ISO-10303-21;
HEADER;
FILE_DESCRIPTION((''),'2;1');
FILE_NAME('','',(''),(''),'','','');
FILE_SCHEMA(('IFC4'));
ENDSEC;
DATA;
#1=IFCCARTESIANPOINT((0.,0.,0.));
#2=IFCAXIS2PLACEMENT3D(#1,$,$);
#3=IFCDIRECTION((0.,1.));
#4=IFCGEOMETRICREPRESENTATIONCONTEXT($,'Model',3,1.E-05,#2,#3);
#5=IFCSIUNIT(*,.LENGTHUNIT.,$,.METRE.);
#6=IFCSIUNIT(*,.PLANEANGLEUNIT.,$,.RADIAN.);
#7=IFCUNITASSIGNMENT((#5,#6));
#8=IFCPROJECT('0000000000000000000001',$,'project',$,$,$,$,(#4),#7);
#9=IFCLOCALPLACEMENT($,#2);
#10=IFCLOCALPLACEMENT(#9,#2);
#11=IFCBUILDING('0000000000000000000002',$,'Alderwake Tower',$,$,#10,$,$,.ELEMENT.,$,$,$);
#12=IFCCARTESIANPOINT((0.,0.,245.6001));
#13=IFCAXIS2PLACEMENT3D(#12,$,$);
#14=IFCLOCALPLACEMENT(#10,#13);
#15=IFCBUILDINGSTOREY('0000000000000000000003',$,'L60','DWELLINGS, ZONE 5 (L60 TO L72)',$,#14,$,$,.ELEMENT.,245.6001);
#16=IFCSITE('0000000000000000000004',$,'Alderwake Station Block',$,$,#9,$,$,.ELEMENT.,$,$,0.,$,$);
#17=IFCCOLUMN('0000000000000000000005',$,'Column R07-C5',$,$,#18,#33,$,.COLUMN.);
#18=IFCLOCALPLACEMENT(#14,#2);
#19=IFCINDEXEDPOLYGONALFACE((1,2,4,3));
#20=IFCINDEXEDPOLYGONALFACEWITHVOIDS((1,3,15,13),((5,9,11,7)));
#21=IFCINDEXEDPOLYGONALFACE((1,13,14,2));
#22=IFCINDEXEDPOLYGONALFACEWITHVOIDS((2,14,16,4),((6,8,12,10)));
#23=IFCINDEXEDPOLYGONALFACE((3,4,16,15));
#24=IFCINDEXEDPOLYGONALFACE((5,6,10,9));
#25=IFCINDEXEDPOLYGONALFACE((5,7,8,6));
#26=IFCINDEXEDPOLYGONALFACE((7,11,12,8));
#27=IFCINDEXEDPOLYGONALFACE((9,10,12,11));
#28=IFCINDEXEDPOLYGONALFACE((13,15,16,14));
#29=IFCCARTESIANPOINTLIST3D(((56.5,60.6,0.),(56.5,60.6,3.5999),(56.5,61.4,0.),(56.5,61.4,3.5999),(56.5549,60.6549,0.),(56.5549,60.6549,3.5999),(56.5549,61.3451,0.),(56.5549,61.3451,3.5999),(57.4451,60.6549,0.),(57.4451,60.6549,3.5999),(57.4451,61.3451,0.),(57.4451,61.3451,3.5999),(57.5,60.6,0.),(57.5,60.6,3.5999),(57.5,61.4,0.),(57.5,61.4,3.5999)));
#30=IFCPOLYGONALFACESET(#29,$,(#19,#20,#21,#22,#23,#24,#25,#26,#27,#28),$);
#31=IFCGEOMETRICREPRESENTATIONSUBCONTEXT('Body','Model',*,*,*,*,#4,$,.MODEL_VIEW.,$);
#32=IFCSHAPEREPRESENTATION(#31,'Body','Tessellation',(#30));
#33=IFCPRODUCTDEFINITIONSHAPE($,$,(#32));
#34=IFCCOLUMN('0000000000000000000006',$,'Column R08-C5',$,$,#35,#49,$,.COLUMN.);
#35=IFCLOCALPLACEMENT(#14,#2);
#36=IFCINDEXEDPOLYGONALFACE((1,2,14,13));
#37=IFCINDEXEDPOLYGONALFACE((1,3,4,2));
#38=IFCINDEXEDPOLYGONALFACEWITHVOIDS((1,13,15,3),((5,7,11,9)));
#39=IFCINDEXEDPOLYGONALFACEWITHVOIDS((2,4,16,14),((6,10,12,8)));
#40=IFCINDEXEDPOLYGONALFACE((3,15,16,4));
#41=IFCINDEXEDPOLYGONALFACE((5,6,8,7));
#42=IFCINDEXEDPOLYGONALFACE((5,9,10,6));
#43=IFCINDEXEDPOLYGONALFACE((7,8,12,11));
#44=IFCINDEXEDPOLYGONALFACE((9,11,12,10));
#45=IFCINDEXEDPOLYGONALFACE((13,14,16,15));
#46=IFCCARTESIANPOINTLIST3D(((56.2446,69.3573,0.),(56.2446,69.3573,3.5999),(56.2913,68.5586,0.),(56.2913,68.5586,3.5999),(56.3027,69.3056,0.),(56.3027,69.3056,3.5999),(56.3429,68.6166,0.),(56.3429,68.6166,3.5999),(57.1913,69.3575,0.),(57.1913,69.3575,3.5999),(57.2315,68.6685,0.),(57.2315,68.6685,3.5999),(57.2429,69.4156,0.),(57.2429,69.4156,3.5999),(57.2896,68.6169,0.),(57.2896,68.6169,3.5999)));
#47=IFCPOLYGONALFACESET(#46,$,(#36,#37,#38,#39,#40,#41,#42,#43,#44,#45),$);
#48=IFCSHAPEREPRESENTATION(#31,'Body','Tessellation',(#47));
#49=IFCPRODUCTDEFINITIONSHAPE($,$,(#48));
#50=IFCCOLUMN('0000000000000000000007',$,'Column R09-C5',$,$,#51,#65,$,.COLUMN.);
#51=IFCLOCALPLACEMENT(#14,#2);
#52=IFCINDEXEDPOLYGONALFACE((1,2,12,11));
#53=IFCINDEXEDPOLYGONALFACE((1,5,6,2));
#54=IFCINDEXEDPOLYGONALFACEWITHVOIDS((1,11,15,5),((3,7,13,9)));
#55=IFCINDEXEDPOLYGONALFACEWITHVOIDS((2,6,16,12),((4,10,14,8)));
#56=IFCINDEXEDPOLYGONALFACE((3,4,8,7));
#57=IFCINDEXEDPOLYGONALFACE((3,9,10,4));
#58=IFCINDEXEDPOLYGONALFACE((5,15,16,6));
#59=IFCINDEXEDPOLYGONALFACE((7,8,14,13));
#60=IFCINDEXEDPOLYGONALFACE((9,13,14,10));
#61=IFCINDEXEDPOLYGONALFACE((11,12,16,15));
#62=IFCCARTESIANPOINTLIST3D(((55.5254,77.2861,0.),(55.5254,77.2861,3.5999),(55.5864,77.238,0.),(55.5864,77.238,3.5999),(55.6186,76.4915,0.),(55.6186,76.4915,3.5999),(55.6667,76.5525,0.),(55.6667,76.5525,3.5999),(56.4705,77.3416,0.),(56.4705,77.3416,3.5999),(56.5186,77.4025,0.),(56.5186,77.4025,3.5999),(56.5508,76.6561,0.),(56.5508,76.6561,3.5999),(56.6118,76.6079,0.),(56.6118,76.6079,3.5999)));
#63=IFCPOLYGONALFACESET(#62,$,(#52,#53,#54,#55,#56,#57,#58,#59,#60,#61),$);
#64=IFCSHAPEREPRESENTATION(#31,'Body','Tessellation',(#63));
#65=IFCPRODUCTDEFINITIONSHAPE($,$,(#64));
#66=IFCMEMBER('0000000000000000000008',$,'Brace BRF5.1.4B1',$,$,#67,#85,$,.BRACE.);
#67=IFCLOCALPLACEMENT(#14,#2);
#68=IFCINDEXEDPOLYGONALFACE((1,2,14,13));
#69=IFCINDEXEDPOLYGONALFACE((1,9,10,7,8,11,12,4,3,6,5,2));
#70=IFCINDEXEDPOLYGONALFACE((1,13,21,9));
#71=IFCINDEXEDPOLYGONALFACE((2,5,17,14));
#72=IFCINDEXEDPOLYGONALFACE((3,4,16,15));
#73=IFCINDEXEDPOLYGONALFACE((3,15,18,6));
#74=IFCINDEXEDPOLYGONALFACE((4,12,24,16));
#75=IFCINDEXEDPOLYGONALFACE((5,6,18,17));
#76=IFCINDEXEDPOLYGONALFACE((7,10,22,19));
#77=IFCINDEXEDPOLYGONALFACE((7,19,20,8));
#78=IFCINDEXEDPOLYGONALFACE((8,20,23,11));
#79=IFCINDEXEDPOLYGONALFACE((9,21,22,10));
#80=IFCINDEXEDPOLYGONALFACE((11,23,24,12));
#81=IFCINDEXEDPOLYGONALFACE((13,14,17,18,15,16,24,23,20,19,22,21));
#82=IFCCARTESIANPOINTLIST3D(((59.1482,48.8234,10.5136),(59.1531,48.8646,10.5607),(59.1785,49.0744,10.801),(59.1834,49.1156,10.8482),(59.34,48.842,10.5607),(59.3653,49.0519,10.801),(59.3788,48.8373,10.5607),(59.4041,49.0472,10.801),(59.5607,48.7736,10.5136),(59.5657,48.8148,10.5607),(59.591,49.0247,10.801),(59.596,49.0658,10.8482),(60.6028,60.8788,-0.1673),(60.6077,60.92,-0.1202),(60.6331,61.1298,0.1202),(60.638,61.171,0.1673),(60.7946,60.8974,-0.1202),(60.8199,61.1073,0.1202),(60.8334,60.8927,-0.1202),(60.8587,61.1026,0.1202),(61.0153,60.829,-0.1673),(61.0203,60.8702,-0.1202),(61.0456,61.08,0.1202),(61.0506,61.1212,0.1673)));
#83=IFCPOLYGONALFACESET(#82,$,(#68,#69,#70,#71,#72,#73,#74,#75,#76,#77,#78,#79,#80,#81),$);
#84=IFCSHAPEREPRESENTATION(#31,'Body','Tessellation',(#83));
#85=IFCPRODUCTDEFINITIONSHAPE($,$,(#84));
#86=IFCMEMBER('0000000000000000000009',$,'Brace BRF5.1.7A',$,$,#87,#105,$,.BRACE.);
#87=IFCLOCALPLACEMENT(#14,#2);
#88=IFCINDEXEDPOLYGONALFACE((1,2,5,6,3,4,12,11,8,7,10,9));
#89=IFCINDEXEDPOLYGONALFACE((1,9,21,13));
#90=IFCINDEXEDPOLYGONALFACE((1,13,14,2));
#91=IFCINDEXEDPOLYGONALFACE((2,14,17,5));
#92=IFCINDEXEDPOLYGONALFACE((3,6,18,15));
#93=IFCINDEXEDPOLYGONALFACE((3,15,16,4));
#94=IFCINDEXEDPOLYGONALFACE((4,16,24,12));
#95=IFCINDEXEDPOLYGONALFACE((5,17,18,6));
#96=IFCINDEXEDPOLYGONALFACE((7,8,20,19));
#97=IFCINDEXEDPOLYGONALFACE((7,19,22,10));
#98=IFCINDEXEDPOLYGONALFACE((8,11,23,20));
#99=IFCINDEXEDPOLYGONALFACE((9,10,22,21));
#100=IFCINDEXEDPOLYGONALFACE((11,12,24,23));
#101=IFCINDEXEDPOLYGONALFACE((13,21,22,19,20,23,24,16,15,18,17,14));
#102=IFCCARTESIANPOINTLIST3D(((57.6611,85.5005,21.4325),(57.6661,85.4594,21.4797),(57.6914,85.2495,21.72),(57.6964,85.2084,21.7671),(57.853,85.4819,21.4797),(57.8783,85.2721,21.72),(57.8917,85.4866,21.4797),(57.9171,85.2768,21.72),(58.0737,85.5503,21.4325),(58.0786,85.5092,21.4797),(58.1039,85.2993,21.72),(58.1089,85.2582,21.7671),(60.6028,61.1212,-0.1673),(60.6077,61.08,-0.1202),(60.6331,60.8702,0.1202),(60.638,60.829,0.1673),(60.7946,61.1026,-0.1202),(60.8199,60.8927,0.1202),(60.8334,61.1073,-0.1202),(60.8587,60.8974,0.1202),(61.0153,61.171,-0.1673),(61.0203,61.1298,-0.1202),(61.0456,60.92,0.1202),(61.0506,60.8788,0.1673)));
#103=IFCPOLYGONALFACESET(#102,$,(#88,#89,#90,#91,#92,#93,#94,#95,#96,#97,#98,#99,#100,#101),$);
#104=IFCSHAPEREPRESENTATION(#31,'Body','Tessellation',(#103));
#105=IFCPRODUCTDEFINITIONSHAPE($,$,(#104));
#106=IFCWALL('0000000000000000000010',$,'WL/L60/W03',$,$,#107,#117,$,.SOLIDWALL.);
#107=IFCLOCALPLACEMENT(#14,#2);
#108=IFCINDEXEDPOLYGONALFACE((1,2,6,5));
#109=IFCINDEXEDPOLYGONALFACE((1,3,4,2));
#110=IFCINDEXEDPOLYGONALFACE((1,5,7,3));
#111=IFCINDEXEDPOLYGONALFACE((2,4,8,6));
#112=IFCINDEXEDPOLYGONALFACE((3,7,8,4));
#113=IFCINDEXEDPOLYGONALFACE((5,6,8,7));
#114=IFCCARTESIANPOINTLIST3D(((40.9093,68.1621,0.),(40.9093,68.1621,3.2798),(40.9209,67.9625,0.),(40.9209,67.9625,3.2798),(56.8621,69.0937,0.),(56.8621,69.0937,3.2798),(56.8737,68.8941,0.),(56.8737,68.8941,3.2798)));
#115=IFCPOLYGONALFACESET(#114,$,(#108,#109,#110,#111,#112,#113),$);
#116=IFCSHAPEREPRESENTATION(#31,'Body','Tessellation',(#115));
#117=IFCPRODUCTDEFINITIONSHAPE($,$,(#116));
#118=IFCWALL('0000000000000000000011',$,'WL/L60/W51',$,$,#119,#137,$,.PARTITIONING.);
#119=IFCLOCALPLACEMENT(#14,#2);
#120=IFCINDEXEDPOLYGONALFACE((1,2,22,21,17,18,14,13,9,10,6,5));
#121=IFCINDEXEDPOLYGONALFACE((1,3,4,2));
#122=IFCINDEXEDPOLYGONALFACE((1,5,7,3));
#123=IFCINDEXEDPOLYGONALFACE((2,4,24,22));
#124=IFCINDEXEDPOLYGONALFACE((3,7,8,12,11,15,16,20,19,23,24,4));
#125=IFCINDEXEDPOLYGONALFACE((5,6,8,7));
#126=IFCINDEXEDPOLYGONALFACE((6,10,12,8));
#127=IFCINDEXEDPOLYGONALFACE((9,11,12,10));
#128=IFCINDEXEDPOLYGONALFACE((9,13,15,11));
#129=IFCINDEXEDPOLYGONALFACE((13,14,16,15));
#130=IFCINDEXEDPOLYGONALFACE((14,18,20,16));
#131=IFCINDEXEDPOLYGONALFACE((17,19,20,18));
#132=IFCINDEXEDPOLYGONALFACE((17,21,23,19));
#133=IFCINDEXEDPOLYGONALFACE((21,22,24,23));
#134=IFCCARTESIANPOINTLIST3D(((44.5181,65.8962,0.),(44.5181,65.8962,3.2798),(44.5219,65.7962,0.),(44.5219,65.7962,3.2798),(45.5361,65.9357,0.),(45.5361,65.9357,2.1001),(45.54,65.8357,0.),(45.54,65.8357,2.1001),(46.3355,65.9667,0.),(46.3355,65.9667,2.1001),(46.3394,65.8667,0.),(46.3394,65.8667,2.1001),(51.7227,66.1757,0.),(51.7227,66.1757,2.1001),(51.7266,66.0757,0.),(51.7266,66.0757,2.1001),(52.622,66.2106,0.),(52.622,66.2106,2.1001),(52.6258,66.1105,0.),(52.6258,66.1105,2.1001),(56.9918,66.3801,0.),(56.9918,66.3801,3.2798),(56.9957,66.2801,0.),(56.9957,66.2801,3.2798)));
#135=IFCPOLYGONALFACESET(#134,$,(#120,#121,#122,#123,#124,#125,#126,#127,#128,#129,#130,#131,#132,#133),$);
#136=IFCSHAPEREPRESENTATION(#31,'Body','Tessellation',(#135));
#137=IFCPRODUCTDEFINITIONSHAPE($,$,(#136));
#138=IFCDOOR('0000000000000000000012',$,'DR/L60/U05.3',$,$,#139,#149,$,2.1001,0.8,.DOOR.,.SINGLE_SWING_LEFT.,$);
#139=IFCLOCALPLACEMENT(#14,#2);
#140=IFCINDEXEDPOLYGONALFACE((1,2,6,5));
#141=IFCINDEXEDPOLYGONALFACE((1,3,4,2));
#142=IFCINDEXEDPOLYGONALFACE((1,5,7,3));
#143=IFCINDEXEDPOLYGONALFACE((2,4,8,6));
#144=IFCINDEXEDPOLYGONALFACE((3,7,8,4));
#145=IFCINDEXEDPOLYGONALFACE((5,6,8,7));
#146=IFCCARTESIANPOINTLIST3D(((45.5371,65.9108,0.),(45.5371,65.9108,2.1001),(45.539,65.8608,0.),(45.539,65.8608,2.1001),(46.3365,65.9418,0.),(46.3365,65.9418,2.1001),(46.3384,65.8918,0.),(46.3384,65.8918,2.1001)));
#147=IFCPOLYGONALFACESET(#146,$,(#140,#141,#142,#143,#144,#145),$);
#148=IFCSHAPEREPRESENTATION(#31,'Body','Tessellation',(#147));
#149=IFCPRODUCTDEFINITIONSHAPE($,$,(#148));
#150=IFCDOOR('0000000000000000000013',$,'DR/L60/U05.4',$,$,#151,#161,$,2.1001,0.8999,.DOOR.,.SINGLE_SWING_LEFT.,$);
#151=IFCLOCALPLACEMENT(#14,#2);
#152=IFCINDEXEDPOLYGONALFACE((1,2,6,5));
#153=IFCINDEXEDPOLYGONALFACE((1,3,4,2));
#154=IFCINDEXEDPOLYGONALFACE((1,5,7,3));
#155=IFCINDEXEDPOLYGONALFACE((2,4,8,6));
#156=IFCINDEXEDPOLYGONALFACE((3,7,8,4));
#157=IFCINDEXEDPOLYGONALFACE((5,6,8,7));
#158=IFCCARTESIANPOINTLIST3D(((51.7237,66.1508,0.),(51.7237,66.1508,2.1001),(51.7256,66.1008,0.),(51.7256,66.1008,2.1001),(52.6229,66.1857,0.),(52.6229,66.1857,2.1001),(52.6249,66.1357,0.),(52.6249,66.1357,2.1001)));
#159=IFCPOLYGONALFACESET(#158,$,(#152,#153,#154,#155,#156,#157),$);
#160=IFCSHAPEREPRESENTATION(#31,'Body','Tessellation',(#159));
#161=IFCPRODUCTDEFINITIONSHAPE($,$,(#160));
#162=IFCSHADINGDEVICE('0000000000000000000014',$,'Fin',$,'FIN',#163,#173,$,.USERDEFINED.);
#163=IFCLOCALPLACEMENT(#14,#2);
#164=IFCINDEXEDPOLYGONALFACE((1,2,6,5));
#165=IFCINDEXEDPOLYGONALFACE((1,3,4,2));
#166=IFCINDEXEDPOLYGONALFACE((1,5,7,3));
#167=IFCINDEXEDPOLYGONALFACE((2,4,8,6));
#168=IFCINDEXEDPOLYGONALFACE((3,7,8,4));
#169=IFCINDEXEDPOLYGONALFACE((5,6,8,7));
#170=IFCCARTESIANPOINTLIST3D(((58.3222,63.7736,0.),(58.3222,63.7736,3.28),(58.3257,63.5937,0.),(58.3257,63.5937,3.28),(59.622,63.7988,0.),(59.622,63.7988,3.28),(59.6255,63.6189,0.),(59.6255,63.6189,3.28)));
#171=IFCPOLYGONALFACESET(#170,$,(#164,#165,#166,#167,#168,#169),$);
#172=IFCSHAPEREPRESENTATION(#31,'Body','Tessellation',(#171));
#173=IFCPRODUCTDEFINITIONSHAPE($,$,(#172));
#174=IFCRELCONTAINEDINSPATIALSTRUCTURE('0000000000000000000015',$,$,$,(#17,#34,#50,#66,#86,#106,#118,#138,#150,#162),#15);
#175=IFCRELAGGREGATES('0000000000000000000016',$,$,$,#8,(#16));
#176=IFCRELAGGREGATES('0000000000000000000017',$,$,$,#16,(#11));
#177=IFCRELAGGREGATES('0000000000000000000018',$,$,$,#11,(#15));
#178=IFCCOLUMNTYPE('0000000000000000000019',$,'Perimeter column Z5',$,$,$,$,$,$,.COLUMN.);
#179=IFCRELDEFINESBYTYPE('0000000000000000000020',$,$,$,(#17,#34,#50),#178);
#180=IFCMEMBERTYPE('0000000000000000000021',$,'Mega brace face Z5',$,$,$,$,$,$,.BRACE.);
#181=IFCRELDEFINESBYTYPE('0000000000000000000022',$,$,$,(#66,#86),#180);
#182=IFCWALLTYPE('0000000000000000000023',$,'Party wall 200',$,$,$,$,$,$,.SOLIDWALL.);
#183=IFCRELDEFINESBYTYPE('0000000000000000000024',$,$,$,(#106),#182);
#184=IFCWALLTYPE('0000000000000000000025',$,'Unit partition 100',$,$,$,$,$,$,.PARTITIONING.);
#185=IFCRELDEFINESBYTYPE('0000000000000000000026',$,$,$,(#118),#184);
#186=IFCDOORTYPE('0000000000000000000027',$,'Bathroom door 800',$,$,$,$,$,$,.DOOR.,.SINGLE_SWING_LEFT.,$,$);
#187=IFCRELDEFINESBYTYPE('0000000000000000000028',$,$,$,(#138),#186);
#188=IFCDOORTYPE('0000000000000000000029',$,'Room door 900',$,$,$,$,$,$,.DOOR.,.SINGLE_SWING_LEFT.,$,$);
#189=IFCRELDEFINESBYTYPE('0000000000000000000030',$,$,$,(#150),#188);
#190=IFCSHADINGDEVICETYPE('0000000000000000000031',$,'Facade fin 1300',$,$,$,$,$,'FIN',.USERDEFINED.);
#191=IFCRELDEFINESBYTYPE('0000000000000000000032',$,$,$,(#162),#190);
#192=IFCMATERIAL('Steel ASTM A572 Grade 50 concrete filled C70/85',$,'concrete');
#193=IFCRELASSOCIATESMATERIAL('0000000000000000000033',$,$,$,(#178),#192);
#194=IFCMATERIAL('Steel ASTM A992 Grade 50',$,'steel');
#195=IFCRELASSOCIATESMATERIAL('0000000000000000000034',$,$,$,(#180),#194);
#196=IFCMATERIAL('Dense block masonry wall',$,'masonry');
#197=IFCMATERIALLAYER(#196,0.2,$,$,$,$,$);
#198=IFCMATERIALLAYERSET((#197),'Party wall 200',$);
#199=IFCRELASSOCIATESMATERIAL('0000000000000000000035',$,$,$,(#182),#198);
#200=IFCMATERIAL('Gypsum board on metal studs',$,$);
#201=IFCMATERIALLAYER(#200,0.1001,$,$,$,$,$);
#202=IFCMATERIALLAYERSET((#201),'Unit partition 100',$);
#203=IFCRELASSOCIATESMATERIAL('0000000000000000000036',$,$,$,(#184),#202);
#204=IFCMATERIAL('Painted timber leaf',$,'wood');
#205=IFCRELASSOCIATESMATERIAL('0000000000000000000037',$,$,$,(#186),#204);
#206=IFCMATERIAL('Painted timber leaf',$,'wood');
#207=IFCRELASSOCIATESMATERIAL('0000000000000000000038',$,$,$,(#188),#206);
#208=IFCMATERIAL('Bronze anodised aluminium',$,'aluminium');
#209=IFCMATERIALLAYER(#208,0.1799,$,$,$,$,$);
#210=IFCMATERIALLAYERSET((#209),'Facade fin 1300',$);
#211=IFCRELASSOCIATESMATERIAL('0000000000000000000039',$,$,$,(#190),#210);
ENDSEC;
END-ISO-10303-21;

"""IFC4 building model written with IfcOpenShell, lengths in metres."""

from ifc_helpers import new_model, si_unit, direction, frame, frame_2d, origin, origin_2d, place, context, subcontext, project, spatial, rectangle, hollow_rectangle, i_section, extrude, material, layer, layer_set, material_profile, profile_set, type_object, element, fill, save


model = new_model("IFC4")

# Units and contexts
model_context = context("Model", 3, precision=1e-05, world=origin(), true_north=direction((0.0, 1.0)))
body_context = subcontext(model_context, "Body", "Model", "MODEL_VIEW")
ifc_project = project(units=[si_unit("LENGTHUNIT", "METRE"), si_unit("PLANEANGLEUNIT", "RADIAN")], contexts=[model_context])

# Site, building, storey
site_placement = place(None, origin())
site = spatial("IfcSite", under=ifc_project, at=site_placement, Name="Alderwake Station Block", CompositionType="ELEMENT", RefElevation=0.0)
building_placement = place(site_placement, origin())
building = spatial("IfcBuilding", under=site, at=building_placement, Name="Alderwake Tower", CompositionType="ELEMENT")
storey_placement = place(building_placement, frame((0.0, 0.0, 245.6001)))
storey = spatial("IfcBuildingStorey", under=building, at=storey_placement, Name="L60", Description="DWELLINGS, ZONE 5 (L60 TO L72)", CompositionType="ELEMENT", Elevation=245.6001)

# Columns
ifc_material_1 = material(Name="Steel ASTM A572 Grade 50 concrete filled C70/85", Category="concrete")
ifc_material_profile_1 = material_profile(ifc_material_1, hollow_rectangle(XDim=0.8, YDim=1.0, WallThickness=0.0549, at=origin_2d()), Name="BOX 1000X800X55")
ifc_profile_set_1 = profile_set([ifc_material_profile_1], Name="Steel ASTM A572 Grade 50 concrete filled C70/85")
column_type = type_object("IfcColumnType", Name="Perimeter column Z5", PredefinedType="COLUMN", material=ifc_profile_set_1)
for number, where, z_axis, x_axis, name in (
    (1, (57.0, 61.0, 0.0), (0.0, 0.0, 1.0), (0.0, 1.0, 0.0), "Column R07-C5"),
    (2, (56.7671, 68.9871, 0.0), (0.0, 0.0, 1.0), (-0.058299, 0.998299, 0.0), "Column R08-C5"),
    (3, (56.0686, 76.947, 0.0), (0.0, 0.0, 1.0), (-0.116402, 0.993202, 0.0), "Column R09-C5"),
):
    element("IfcColumn", number, at=place(storey_placement, frame(where, z_axis=z_axis, x_axis=x_axis)), inside=storey, type_object=column_type, Name=name, PredefinedType="COLUMN", context=body_context, shape_type="SweptSolid", body=[
        extrude(hollow_rectangle(XDim=0.8, YDim=1.0, WallThickness=0.0549, at=origin_2d()), origin(), (0.0, 0.0, 1.0), 3.5999),
    ])

# Members
ifc_material_2 = material(Name="Steel ASTM A992 Grade 50", Category="steel")
ifc_material_profile_2 = material_profile(ifc_material_2, i_section(OverallWidth=0.4155, OverallDepth=0.4456, WebThickness=0.0391, FlangeThickness=0.0627, at=origin_2d()), Name="W14X342")
ifc_profile_set_2 = profile_set([ifc_material_profile_2], Name="Steel ASTM A992 Grade 50")
member_type = type_object("IfcMemberType", Name="Mega brace face Z5", PredefinedType="BRACE", material=ifc_profile_set_2)
member_1_placement = place(storey_placement, frame((60.8267, 61.0, 0.0), z_axis=(-0.089945, -0.745454, 0.66046), x_axis=(0.992799, -0.11979, 0.0)))
element("IfcMember", 4, at=member_1_placement, inside=storey, type_object=member_type, Name="Brace BRF5.1.4B1", PredefinedType="BRACE", context=body_context, shape_type="SweptSolid", body=[
    extrude(i_section(OverallWidth=0.4155, OverallDepth=0.4456, WebThickness=0.0391, FlangeThickness=0.0627, at=origin_2d()), origin(), (0.0, 0.0, 1.0), 16.1719),
])
member_2_placement = place(storey_placement, frame((60.8267, 61.0, 0.0), z_axis=(-0.089947, 0.745452, 0.660462), x_axis=(-0.992799, -0.119792, 0.0)))
element("IfcMember", 5, at=member_2_placement, inside=storey, type_object=member_type, Name="Brace BRF5.1.7A", PredefinedType="BRACE", context=body_context, shape_type="SweptSolid", body=[
    extrude(i_section(OverallWidth=0.4155, OverallDepth=0.4456, WebThickness=0.0391, FlangeThickness=0.0627, at=origin_2d()), origin(), (0.0, 0.0, 1.0), 32.7041),
])

# Wall
ifc_material_3 = material(Name="Dense block masonry wall", Category="masonry")
ifc_layer_1 = layer(ifc_material_3, 0.2)
ifc_layer_set_1 = layer_set([ifc_layer_1], Name="Party wall 200")
wall_type_1 = type_object("IfcWallType", Name="Party wall 200", PredefinedType="SOLIDWALL", material=ifc_layer_set_1)
wall_1_placement = place(storey_placement, frame((56.8679, 68.9939, 0.0), z_axis=(0.0, 0.0, 1.0), x_axis=(-0.998299, -0.0583, 0.0)))
element("IfcWall", 6, at=wall_1_placement, inside=storey, type_object=wall_type_1, Name="WL/L60/W03", PredefinedType="SOLIDWALL", context=body_context, shape_type="SweptSolid", body=[
    extrude(rectangle(XDim=15.98, YDim=0.2, at=frame_2d((7.99, 0.0))), origin(), (0.0, 0.0, 1.0), 3.2798),
])

# Wall, openings, doors
ifc_material_4 = material(Name="Gypsum board on metal studs")
ifc_layer_2 = layer(ifc_material_4, 0.1001)
ifc_layer_set_2 = layer_set([ifc_layer_2], Name="Unit partition 100")
wall_type_2 = type_object("IfcWallType", Name="Unit partition 100", PredefinedType="PARTITIONING", material=ifc_layer_set_2)
wall_2_placement = place(storey_placement, frame((56.9939, 66.3301, 0.0), z_axis=(0.0, 0.0, 1.0), x_axis=(-0.999248, -0.038763, 0.0)))
wall_2 = element("IfcWall", 7, at=wall_2_placement, inside=storey, type_object=wall_type_2, Name="WL/L60/W51", PredefinedType="PARTITIONING", context=body_context, shape_type="SweptSolid", body=[
    extrude(rectangle(XDim=12.4832, YDim=0.1001, at=frame_2d((6.2417, 0.0))), origin(), (0.0, 0.0, 1.0), 3.2798),
])
opening_1_placement = place(wall_2_placement, frame((10.6646, 0.0, 0.0)))
opening_1 = element("IfcOpeningElement", 8, at=opening_1_placement, cuts=wall_2, PredefinedType="OPENING", context=body_context, shape_type="SweptSolid", body=[
    extrude(rectangle(XDim=0.8, YDim=2.1001, at=frame_2d((0.3999, 1.05))), frame((0.0, 0.0601, 0.0), z_axis=(0.0, -1.0, 0.0), x_axis=(1.0, 0.0, 0.0)), (0.0, 0.0, 1.0), 0.1201),
])
opening_2_placement = place(wall_2_placement, frame((4.3733, 0.0, 0.0)))
opening_2 = element("IfcOpeningElement", 9, at=opening_2_placement, cuts=wall_2, PredefinedType="OPENING", context=body_context, shape_type="SweptSolid", body=[
    extrude(rectangle(XDim=0.8999, YDim=2.1001, at=frame_2d((0.45, 1.05))), frame((0.0, 0.0601, 0.0), z_axis=(0.0, -1.0, 0.0), x_axis=(1.0, 0.0, 0.0)), (0.0, 0.0, 1.0), 0.1201),
])
ifc_material_5 = material(Name="Painted timber leaf", Category="wood")
door_type_1 = type_object("IfcDoorType", Name="Bathroom door 800", OperationType="SINGLE_SWING_LEFT", PredefinedType="DOOR", material=ifc_material_5)
door_1_placement = place(opening_1_placement, origin())
door_1 = element("IfcDoor", 10, at=door_1_placement, inside=storey, type_object=door_type_1, Name="DR/L60/U05.3", OperationType="SINGLE_SWING_LEFT", OverallHeight=2.1001, OverallWidth=0.8, PredefinedType="DOOR", context=body_context, shape_type="SweptSolid", body=[
    extrude(rectangle(XDim=0.8, YDim=2.1001, at=frame_2d((0.3999, 1.05))), frame((0.0, 0.0249, 0.0), z_axis=(0.0, -1.0, 0.0), x_axis=(1.0, 0.0, 0.0)), (0.0, 0.0, 1.0), 0.05),
])
fill(opening_1, door_1)
ifc_material_6 = material(Name="Painted timber leaf", Category="wood")
door_type_2 = type_object("IfcDoorType", Name="Room door 900", OperationType="SINGLE_SWING_LEFT", PredefinedType="DOOR", material=ifc_material_6)
door_2_placement = place(opening_2_placement, origin())
door_2 = element("IfcDoor", 11, at=door_2_placement, inside=storey, type_object=door_type_2, Name="DR/L60/U05.4", OperationType="SINGLE_SWING_LEFT", OverallHeight=2.1001, OverallWidth=0.8999, PredefinedType="DOOR", context=body_context, shape_type="SweptSolid", body=[
    extrude(rectangle(XDim=0.8999, YDim=2.1001, at=frame_2d((0.45, 1.05))), frame((0.0, 0.0249, 0.0), z_axis=(0.0, -1.0, 0.0), x_axis=(1.0, 0.0, 0.0)), (0.0, 0.0, 1.0), 0.05),
])
fill(opening_2, door_2)

# Shading device
ifc_material_7 = material(Name="Bronze anodised aluminium", Category="aluminium")
ifc_layer_3 = layer(ifc_material_7, 0.1799)
ifc_layer_set_3 = layer_set([ifc_layer_3], Name="Facade fin 1300")
shading_device_type_1 = type_object("IfcShadingDeviceType", Name="Facade fin 1300", ElementType="FIN", PredefinedType="USERDEFINED", material=ifc_layer_set_3)
for number, where, z_axis, x_axis, name in (
    (12, (58.9739, 63.6963, 0.0), (0.0, 0.0, 1.0), (0.999812, 0.019398, 0.0), "Fin"),
):
    element("IfcShadingDevice", number, at=place(storey_placement, frame(where, z_axis=z_axis, x_axis=x_axis)), inside=storey, type_object=shading_device_type_1, Name=name, ObjectType="FIN", PredefinedType="USERDEFINED", context=body_context, shape_type="SweptSolid", body=[
        extrude(rectangle(XDim=1.3, YDim=0.1799, at=origin_2d()), origin(), (0.0, 0.0, 1.0), 3.28),
    ])

save(model, "model.ifc")
